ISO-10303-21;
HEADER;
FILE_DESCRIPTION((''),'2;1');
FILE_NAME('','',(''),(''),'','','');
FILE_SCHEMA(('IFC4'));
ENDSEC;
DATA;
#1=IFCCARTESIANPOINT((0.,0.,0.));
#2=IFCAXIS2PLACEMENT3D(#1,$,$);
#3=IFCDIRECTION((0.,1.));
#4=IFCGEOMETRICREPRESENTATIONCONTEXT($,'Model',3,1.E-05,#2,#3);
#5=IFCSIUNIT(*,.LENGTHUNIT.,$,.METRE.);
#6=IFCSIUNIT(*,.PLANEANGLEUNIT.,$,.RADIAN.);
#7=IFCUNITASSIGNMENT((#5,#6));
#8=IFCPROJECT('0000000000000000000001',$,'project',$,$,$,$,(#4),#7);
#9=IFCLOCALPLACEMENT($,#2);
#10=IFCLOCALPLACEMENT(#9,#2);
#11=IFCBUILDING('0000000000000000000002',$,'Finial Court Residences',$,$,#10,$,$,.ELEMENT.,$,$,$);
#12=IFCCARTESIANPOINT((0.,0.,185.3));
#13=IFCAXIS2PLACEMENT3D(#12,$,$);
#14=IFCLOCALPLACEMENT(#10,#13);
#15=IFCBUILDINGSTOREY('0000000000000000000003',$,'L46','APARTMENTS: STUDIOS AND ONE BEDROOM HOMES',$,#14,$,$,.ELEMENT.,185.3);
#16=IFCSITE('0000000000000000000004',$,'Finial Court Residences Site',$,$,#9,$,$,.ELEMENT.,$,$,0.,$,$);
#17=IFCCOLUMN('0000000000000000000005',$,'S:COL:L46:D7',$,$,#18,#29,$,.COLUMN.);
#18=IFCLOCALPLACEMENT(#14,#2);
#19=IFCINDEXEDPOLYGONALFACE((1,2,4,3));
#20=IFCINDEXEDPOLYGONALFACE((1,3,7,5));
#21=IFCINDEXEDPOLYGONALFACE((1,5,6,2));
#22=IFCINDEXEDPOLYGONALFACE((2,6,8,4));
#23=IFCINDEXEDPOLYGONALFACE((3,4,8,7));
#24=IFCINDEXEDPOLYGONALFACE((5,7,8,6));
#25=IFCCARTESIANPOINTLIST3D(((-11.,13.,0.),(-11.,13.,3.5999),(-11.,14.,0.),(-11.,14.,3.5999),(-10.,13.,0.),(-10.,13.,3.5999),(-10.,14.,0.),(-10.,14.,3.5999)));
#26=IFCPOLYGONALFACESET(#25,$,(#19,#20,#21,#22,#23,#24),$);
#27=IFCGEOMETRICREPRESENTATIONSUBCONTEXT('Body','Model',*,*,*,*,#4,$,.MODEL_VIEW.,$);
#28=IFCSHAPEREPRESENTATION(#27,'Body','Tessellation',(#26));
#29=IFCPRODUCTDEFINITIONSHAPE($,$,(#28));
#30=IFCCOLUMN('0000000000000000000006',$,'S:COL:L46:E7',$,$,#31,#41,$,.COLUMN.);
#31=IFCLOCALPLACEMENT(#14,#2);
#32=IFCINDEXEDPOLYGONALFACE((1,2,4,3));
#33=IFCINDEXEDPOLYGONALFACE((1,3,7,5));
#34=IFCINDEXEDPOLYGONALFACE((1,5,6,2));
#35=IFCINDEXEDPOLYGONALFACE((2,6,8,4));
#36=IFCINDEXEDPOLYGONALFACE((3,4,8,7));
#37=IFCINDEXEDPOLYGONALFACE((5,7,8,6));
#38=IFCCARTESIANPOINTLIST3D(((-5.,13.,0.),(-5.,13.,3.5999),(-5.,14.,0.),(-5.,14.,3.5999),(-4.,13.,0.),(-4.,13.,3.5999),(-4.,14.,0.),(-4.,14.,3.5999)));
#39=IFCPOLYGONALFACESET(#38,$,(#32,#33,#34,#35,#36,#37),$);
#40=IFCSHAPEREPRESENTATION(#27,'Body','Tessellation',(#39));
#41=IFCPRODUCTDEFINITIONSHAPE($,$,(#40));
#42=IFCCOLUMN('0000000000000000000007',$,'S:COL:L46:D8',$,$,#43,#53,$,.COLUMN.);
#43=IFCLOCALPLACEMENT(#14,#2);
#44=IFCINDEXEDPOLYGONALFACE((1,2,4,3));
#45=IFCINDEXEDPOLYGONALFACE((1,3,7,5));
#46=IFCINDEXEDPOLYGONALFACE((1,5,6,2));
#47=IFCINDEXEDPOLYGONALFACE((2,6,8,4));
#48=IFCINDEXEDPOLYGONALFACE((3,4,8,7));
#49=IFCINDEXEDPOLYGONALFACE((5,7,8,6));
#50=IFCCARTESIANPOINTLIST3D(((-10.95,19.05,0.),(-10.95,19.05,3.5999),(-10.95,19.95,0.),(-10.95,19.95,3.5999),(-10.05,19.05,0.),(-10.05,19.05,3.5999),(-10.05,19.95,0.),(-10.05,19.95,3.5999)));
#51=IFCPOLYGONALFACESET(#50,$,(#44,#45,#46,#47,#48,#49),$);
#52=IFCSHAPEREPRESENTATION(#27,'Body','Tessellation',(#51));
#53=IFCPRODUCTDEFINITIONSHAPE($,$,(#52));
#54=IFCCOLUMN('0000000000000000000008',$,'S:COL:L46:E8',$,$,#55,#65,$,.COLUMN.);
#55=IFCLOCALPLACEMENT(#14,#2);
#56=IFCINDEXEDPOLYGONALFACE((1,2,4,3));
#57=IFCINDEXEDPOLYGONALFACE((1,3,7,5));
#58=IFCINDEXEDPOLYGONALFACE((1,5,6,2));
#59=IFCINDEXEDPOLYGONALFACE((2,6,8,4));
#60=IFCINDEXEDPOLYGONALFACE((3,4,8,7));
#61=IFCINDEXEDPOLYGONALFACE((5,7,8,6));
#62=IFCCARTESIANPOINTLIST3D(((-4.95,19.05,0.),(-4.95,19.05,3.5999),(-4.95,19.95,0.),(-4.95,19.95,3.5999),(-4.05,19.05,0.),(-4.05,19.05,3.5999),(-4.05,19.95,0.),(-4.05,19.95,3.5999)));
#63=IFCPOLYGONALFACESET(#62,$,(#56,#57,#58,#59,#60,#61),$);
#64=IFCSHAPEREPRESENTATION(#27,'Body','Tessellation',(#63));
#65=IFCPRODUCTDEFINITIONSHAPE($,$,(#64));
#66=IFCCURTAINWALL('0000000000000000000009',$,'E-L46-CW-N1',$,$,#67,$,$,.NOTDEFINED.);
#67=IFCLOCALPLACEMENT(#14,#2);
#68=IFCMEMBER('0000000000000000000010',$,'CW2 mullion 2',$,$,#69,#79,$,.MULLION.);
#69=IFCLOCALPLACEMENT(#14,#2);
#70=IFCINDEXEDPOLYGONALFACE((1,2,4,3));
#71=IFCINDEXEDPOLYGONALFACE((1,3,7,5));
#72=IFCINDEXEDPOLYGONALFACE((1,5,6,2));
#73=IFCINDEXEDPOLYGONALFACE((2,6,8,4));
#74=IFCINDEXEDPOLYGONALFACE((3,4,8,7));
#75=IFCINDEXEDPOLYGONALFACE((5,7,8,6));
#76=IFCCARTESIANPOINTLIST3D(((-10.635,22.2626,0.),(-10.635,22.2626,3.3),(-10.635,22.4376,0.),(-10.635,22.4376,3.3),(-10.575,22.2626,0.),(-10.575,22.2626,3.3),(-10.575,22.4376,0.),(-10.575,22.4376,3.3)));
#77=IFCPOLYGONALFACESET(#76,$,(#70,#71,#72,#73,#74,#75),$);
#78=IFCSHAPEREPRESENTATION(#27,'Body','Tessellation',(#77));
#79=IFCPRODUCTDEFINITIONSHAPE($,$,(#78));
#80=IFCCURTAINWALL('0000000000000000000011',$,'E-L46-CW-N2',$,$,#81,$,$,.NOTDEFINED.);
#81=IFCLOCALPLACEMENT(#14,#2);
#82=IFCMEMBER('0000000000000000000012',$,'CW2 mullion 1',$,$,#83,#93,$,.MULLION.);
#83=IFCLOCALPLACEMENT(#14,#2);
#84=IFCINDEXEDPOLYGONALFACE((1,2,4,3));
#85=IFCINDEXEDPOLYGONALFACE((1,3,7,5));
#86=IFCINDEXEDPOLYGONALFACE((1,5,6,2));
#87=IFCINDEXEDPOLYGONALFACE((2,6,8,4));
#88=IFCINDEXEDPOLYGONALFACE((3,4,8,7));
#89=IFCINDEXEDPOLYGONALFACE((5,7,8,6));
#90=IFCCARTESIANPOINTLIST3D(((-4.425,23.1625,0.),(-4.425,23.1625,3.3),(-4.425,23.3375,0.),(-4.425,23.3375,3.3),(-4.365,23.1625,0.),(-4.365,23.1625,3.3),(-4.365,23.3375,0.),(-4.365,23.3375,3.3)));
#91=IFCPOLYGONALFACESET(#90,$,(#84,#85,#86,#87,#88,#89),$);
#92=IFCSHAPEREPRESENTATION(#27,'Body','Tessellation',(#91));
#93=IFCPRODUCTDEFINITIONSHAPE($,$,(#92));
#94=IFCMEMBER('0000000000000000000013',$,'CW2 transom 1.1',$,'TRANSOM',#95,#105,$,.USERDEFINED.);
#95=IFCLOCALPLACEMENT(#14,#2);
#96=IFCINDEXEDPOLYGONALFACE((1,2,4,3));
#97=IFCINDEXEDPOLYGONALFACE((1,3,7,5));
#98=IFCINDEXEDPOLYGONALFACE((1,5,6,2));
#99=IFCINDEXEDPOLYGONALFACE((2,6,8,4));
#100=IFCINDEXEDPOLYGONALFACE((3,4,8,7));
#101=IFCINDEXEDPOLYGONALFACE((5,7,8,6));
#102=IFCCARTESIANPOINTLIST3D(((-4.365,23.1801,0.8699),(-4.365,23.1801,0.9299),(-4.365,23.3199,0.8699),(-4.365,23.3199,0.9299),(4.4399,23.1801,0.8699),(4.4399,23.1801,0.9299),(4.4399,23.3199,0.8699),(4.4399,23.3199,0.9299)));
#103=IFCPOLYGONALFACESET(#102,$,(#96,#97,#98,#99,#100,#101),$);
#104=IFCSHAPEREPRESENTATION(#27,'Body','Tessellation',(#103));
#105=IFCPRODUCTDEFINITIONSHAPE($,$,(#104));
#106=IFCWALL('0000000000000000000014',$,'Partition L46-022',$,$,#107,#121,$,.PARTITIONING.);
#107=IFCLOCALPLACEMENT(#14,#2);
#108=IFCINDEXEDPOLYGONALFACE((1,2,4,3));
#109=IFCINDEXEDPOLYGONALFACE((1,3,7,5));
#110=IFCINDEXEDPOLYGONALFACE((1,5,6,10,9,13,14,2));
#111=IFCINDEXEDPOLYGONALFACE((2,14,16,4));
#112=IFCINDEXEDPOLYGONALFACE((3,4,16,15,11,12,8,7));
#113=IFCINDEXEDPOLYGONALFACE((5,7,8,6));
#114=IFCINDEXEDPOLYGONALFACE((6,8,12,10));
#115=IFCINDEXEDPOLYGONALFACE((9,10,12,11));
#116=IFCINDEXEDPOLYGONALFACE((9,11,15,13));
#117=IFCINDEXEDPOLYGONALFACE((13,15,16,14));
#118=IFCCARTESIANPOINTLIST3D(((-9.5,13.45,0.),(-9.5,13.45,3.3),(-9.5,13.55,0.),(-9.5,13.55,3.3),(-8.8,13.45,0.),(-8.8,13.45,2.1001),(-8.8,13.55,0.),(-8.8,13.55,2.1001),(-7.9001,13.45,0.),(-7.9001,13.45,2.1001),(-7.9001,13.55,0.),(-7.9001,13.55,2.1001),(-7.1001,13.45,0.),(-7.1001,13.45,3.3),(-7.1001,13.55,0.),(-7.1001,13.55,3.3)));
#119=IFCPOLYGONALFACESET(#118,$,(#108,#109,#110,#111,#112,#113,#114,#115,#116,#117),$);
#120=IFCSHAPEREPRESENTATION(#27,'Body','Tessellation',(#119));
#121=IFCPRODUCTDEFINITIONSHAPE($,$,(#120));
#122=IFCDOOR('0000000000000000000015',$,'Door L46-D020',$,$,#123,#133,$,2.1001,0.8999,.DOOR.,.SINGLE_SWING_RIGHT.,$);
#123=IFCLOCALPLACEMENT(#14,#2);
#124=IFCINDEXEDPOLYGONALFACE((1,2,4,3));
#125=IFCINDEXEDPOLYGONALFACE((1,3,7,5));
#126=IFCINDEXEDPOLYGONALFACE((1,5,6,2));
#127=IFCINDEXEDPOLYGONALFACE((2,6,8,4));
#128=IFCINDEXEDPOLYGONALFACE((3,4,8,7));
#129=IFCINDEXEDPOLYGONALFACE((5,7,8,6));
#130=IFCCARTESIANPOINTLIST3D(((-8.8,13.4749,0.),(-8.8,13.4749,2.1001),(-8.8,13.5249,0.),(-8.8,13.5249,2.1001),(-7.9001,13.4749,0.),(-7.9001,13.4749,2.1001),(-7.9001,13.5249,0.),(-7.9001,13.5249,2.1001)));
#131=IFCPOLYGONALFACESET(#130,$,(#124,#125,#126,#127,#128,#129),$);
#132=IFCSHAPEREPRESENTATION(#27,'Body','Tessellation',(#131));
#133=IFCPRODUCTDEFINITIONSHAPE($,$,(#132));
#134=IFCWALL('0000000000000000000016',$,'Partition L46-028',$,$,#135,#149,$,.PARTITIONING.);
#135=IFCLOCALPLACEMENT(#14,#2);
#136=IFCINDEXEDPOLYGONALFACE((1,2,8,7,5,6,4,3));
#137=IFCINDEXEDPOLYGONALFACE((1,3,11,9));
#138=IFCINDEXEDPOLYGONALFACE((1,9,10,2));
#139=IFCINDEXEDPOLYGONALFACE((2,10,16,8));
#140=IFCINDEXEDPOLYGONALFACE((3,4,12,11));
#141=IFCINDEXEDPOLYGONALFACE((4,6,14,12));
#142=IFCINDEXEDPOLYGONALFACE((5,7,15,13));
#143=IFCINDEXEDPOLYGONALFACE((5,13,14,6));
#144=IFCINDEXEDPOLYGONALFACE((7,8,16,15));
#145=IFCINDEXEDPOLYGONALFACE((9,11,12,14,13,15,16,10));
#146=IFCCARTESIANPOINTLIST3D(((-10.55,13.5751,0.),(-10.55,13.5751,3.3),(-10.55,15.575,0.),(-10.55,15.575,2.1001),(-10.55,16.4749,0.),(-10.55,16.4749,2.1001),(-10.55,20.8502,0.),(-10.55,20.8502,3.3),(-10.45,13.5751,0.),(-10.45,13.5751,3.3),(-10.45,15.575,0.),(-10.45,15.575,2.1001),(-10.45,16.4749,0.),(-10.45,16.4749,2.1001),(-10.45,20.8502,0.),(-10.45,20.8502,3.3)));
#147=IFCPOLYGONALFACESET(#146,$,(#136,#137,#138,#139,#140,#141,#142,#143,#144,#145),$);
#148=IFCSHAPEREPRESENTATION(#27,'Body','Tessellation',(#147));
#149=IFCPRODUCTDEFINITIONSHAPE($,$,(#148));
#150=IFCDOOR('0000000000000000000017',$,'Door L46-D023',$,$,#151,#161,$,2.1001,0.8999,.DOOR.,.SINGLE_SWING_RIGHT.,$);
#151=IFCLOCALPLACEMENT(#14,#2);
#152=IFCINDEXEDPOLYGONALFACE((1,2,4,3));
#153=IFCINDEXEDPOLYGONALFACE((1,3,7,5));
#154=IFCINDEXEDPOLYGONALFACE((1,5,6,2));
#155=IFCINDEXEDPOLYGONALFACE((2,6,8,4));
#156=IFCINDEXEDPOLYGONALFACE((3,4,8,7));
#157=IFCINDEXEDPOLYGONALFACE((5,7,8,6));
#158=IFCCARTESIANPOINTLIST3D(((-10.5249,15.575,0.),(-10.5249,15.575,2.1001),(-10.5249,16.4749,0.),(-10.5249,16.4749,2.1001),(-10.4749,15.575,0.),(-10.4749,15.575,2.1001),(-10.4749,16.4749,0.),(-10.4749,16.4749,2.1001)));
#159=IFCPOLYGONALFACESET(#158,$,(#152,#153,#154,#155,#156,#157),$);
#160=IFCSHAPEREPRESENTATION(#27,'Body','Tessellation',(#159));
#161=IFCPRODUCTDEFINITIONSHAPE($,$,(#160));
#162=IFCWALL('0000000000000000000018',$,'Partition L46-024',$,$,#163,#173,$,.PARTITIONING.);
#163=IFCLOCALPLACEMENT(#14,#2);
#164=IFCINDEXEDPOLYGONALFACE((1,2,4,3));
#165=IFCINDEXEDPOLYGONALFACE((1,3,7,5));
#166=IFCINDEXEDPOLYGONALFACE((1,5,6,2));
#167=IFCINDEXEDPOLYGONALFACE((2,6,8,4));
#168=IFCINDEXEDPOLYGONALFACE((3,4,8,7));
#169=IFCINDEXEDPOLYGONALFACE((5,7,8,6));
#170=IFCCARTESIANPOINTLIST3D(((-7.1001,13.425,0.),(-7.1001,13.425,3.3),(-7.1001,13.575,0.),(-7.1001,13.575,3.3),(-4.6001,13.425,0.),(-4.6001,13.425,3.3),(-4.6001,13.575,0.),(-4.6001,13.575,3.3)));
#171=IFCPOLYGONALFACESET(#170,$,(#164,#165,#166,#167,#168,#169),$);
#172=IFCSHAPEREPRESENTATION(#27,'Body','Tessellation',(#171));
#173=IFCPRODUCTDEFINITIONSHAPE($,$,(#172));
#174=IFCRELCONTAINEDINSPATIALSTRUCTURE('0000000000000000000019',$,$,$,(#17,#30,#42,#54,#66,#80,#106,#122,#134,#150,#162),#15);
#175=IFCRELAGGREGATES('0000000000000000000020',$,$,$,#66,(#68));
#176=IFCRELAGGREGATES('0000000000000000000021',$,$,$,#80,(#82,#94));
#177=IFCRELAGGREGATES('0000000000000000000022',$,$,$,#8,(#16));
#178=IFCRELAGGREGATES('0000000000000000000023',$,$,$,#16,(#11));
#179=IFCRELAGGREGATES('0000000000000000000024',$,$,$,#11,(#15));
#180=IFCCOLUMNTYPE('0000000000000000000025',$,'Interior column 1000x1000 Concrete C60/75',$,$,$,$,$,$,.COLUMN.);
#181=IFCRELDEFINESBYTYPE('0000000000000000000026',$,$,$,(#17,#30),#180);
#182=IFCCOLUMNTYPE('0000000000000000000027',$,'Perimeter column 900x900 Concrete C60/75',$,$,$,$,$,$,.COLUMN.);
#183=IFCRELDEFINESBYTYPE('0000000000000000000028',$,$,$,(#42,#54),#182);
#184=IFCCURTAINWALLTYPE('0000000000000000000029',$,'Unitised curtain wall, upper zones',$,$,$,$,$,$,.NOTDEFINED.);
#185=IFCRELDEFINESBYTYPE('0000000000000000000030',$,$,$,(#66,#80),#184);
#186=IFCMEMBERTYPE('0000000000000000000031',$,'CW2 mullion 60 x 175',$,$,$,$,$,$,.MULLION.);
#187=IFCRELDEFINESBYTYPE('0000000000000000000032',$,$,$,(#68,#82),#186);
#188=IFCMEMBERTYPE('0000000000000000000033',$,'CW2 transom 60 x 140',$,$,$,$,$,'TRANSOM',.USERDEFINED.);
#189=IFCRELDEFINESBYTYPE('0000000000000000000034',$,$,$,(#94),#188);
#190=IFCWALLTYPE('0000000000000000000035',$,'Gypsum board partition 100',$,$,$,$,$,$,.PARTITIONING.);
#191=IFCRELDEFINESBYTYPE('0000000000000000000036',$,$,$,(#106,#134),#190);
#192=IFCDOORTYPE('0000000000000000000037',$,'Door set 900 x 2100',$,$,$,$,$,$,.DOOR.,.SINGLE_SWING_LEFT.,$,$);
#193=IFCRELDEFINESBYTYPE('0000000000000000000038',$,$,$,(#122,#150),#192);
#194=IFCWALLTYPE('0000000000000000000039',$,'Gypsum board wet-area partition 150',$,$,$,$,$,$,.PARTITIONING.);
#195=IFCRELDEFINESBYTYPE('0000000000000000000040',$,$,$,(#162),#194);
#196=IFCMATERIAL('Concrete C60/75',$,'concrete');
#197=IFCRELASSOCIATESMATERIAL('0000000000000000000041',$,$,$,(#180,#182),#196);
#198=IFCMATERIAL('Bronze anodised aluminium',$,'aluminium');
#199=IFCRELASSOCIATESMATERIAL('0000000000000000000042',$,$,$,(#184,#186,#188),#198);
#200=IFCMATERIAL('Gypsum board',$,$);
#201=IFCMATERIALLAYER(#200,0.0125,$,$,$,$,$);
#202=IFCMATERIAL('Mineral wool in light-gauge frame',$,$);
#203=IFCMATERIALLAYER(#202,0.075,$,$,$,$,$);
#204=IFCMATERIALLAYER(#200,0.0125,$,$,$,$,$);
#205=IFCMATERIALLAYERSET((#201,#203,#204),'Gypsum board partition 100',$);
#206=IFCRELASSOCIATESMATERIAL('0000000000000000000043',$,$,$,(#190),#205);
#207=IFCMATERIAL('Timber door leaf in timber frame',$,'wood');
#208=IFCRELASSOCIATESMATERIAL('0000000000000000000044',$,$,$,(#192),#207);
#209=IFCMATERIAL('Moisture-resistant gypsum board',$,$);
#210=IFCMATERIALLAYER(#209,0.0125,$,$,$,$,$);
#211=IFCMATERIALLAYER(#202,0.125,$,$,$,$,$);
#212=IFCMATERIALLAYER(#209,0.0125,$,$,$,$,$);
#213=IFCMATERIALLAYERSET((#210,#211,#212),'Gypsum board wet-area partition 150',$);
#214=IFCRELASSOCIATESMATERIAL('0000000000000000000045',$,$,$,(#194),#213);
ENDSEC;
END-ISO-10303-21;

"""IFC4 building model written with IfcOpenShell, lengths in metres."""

from ifc_helpers import new_model, si_unit, direction, frame, frame_2d, origin, origin_2d, place, context, subcontext, project, spatial, rectangle, extrude, material, layer, layer_set, material_profile, profile_set, type_object, element, fill, aggregate, save


model = new_model("IFC4")

# Units and contexts
model_context = context("Model", 3, precision=1e-05, world=origin(), true_north=direction((0.0, 1.0)))
body_context = subcontext(model_context, "Body", "Model", "MODEL_VIEW")
ifc_project = project(units=[si_unit("LENGTHUNIT", "METRE"), si_unit("PLANEANGLEUNIT", "RADIAN")], contexts=[model_context])

# Site, building, storey
site_placement = place(None, origin())
site = spatial("IfcSite", under=ifc_project, at=site_placement, Name="Finial Court Residences Site", CompositionType="ELEMENT", RefElevation=0.0)
building_placement = place(site_placement, origin())
building = spatial("IfcBuilding", under=site, at=building_placement, Name="Finial Court Residences", CompositionType="ELEMENT")
storey_placement = place(building_placement, frame((0.0, 0.0, 185.3)))
storey = spatial("IfcBuildingStorey", under=building, at=storey_placement, Name="L46", Description="APARTMENTS: STUDIOS AND ONE BEDROOM HOMES", CompositionType="ELEMENT", Elevation=185.3)

# Columns
ifc_material_1 = material(Name="Concrete C60/75", Category="concrete")
ifc_material_profile_1 = material_profile(ifc_material_1, rectangle(XDim=1.0, YDim=1.0, at=origin_2d()), Name="1000x1000")
ifc_profile_set_1 = profile_set([ifc_material_profile_1], Name="Concrete C60/75")
column_type_1 = type_object("IfcColumnType", Name="Interior column 1000x1000 Concrete C60/75", PredefinedType="COLUMN", material=ifc_profile_set_1)
for number, where, z_axis, x_axis, name in (
    (1, (-10.5, 13.5, 0.0), (0.0, 0.0, 1.0), (1.0, 0.0, 0.0), "S:COL:L46:D7"),
    (2, (-4.5, 13.5, 0.0), (0.0, 0.0, 1.0), (1.0, 0.0, 0.0), "S:COL:L46:E7"),
):
    element("IfcColumn", number, at=place(storey_placement, frame(where, z_axis=z_axis, x_axis=x_axis)), inside=storey, type_object=column_type_1, Name=name, PredefinedType="COLUMN", context=body_context, shape_type="SweptSolid", body=[
        extrude(rectangle(XDim=1.0, YDim=1.0, at=origin_2d()), origin(), (0.0, 0.0, 1.0), 3.5999),
    ])
ifc_material_profile_2 = material_profile(ifc_material_1, rectangle(XDim=0.8999, YDim=0.8999, at=origin_2d()), Name="900x900")
ifc_profile_set_2 = profile_set([ifc_material_profile_2], Name="Concrete C60/75")
column_type_2 = type_object("IfcColumnType", Name="Perimeter column 900x900 Concrete C60/75", PredefinedType="COLUMN", material=ifc_profile_set_2)
for number, where, z_axis, x_axis, name in (
    (3, (-10.5, 19.5, 0.0), (0.0, 0.0, 1.0), (1.0, 0.0, 0.0), "S:COL:L46:D8"),
    (4, (-4.5, 19.5, 0.0), (0.0, 0.0, 1.0), (1.0, 0.0, 0.0), "S:COL:L46:E8"),
):
    element("IfcColumn", number, at=place(storey_placement, frame(where, z_axis=z_axis, x_axis=x_axis)), inside=storey, type_object=column_type_2, Name=name, PredefinedType="COLUMN", context=body_context, shape_type="SweptSolid", body=[
        extrude(rectangle(XDim=0.8999, YDim=0.8999, at=origin_2d()), origin(), (0.0, 0.0, 1.0), 3.5999),
    ])

# Curtain wall, member
ifc_material_2 = material(Name="Bronze anodised aluminium", Category="aluminium")
curtain_wall_type = type_object("IfcCurtainWallType", Name="Unitised curtain wall, upper zones", PredefinedType="NOTDEFINED", material=ifc_material_2)
curtain_wall_1_placement = place(storey_placement, origin())
curtain_wall_1 = element("IfcCurtainWall", 5, at=curtain_wall_1_placement, inside=storey, type_object=curtain_wall_type, Name="E-L46-CW-N1", PredefinedType="NOTDEFINED")
ifc_material_profile_3 = material_profile(ifc_material_2, rectangle(XDim=0.175, YDim=0.0601, at=origin_2d()), Name="CW2 mullion 60 x 175")
ifc_profile_set_3 = profile_set([ifc_material_profile_3], Name="Bronze anodised aluminium")
member_type_1 = type_object("IfcMemberType", Name="CW2 mullion 60 x 175", PredefinedType="MULLION", material=ifc_profile_set_3)
member_1_placement = place(storey_placement, frame((-10.605, 22.3501, 0.0), z_axis=(0.0, 0.0, 1.0), x_axis=(0.0, 1.0, 0.0)))
member_1 = element("IfcMember", 6, at=member_1_placement, type_object=member_type_1, Name="CW2 mullion 2", PredefinedType="MULLION", context=body_context, shape_type="SweptSolid", body=[
    extrude(rectangle(XDim=0.175, YDim=0.0601, at=origin_2d()), origin(), (0.0, 0.0, 1.0), 3.3),
])
aggregate(curtain_wall_1, [member_1])

# Curtain wall, members
curtain_wall_2_placement = place(storey_placement, origin())
curtain_wall_2 = element("IfcCurtainWall", 7, at=curtain_wall_2_placement, inside=storey, type_object=curtain_wall_type, Name="E-L46-CW-N2", PredefinedType="NOTDEFINED")
member_2_placement = place(storey_placement, frame((-4.395, 23.25, 0.0), z_axis=(0.0, 0.0, 1.0), x_axis=(0.0, 1.0, 0.0)))
member_2 = element("IfcMember", 8, at=member_2_placement, type_object=member_type_1, Name="CW2 mullion 1", PredefinedType="MULLION", context=body_context, shape_type="SweptSolid", body=[
    extrude(rectangle(XDim=0.175, YDim=0.0601, at=origin_2d()), origin(), (0.0, 0.0, 1.0), 3.3),
])
ifc_material_profile_4 = material_profile(ifc_material_2, rectangle(XDim=0.1399, YDim=0.0601, at=origin_2d()), Name="CW2 transom 60 x 140")
ifc_profile_set_4 = profile_set([ifc_material_profile_4], Name="Bronze anodised aluminium")
member_type_2 = type_object("IfcMemberType", Name="CW2 transom 60 x 140", ElementType="TRANSOM", PredefinedType="USERDEFINED", material=ifc_profile_set_4)
member_3_placement = place(storey_placement, frame((-4.365, 23.25, 0.8999), z_axis=(1.0, 0.0, 0.0), x_axis=(0.0, 1.0, 0.0)))
member_3 = element("IfcMember", 9, at=member_3_placement, type_object=member_type_2, Name="CW2 transom 1.1", ObjectType="TRANSOM", PredefinedType="USERDEFINED", context=body_context, shape_type="SweptSolid", body=[
    extrude(rectangle(XDim=0.1399, YDim=0.0601, at=origin_2d()), origin(), (0.0, 0.0, 1.0), 8.8049),
])
aggregate(curtain_wall_2, [member_2, member_3])

# Walls, openings, doors
ifc_material_3 = material(Name="Gypsum board")
ifc_layer_1 = layer(ifc_material_3, 0.0125)
ifc_material_4 = material(Name="Mineral wool in light-gauge frame")
ifc_layer_2 = layer(ifc_material_4, 0.075)
ifc_layer_3 = layer(ifc_material_3, 0.0125)
ifc_layer_set_1 = layer_set([ifc_layer_1, ifc_layer_2, ifc_layer_3], Name="Gypsum board partition 100")
wall_type_1 = type_object("IfcWallType", Name="Gypsum board partition 100", PredefinedType="PARTITIONING", material=ifc_layer_set_1)
wall_1_placement = place(storey_placement, frame((-9.5, 13.5, 0.0), z_axis=(0.0, 0.0, 1.0), x_axis=(1.0, 0.0, 0.0)))
wall_1 = element("IfcWall", 10, at=wall_1_placement, inside=storey, type_object=wall_type_1, Name="Partition L46-022", PredefinedType="PARTITIONING", context=body_context, shape_type="SweptSolid", body=[
    extrude(rectangle(XDim=2.3999, YDim=0.1001, at=frame_2d((1.2, 0.0))), origin(), (0.0, 0.0, 1.0), 3.3),
])
opening_1_placement = place(wall_1_placement, frame((0.7, 0.0, 0.0)))
opening_1 = element("IfcOpeningElement", 11, at=opening_1_placement, cuts=wall_1, PredefinedType="OPENING", context=body_context, shape_type="SweptSolid", body=[
    extrude(rectangle(XDim=0.8999, YDim=2.1001, at=frame_2d((0.45, 1.05))), frame((0.0, 0.0601, 0.0), z_axis=(0.0, -1.0, 0.0), x_axis=(1.0, 0.0, 0.0)), (0.0, 0.0, 1.0), 0.1201),
])
ifc_material_5 = material(Name="Timber door leaf in timber frame", Category="wood")
door_type_1 = type_object("IfcDoorType", Name="Door set 900 x 2100", OperationType="SINGLE_SWING_LEFT", PredefinedType="DOOR", material=ifc_material_5)
door_1_placement = place(opening_1_placement, origin())
door_1 = element("IfcDoor", 12, at=door_1_placement, inside=storey, type_object=door_type_1, Name="Door L46-D020", OperationType="SINGLE_SWING_RIGHT", OverallHeight=2.1001, OverallWidth=0.8999, PredefinedType="DOOR", context=body_context, shape_type="SweptSolid", body=[
    extrude(rectangle(XDim=0.8999, YDim=2.1001, at=frame_2d((0.45, 1.05))), frame((0.0, 0.0249, 0.0), z_axis=(0.0, -1.0, 0.0), x_axis=(1.0, 0.0, 0.0)), (0.0, 0.0, 1.0), 0.05),
])
fill(opening_1, door_1)
wall_2_placement = place(storey_placement, frame((-10.5, 13.575, 0.0), z_axis=(0.0, 0.0, 1.0), x_axis=(0.0, 1.0, 0.0)))
wall_2 = element("IfcWall", 13, at=wall_2_placement, inside=storey, type_object=wall_type_1, Name="Partition L46-028", PredefinedType="PARTITIONING", context=body_context, shape_type="SweptSolid", body=[
    extrude(rectangle(XDim=7.2751, YDim=0.1001, at=frame_2d((3.6377, 0.0))), origin(), (0.0, 0.0, 1.0), 3.3),
])
opening_2_placement = place(wall_2_placement, frame((2.0, 0.0, 0.0)))
opening_2 = element("IfcOpeningElement", 14, at=opening_2_placement, cuts=wall_2, PredefinedType="OPENING", context=body_context, shape_type="SweptSolid", body=[
    extrude(rectangle(XDim=0.8999, YDim=2.1001, at=frame_2d((0.45, 1.05))), frame((0.0, 0.0601, 0.0), z_axis=(0.0, -1.0, 0.0), x_axis=(1.0, 0.0, 0.0)), (0.0, 0.0, 1.0), 0.1201),
])
door_2_placement = place(opening_2_placement, origin())
door_2 = element("IfcDoor", 15, at=door_2_placement, inside=storey, type_object=door_type_1, Name="Door L46-D023", OperationType="SINGLE_SWING_RIGHT", OverallHeight=2.1001, OverallWidth=0.8999, PredefinedType="DOOR", context=body_context, shape_type="SweptSolid", body=[
    extrude(rectangle(XDim=0.8999, YDim=2.1001, at=frame_2d((0.45, 1.05))), frame((0.0, 0.0249, 0.0), z_axis=(0.0, -1.0, 0.0), x_axis=(1.0, 0.0, 0.0)), (0.0, 0.0, 1.0), 0.05),
])
fill(opening_2, door_2)

# Wall
ifc_material_6 = material(Name="Moisture-resistant gypsum board")
ifc_layer_4 = layer(ifc_material_6, 0.0125)
ifc_layer_5 = layer(ifc_material_4, 0.125)
ifc_layer_6 = layer(ifc_material_6, 0.0125)
ifc_layer_set_2 = layer_set([ifc_layer_4, ifc_layer_5, ifc_layer_6], Name="Gypsum board wet-area partition 150")
wall_type_2 = type_object("IfcWallType", Name="Gypsum board wet-area partition 150", PredefinedType="PARTITIONING", material=ifc_layer_set_2)
wall_3_placement = place(storey_placement, frame((-7.1001, 13.5, 0.0), z_axis=(0.0, 0.0, 1.0), x_axis=(1.0, 0.0, 0.0)))
element("IfcWall", 16, at=wall_3_placement, inside=storey, type_object=wall_type_2, Name="Partition L46-024", PredefinedType="PARTITIONING", context=body_context, shape_type="SweptSolid", body=[
    extrude(rectangle(XDim=2.5, YDim=0.1499, at=frame_2d((1.25, 0.0))), origin(), (0.0, 0.0, 1.0), 3.3),
])

save(model, "model.ifc")
